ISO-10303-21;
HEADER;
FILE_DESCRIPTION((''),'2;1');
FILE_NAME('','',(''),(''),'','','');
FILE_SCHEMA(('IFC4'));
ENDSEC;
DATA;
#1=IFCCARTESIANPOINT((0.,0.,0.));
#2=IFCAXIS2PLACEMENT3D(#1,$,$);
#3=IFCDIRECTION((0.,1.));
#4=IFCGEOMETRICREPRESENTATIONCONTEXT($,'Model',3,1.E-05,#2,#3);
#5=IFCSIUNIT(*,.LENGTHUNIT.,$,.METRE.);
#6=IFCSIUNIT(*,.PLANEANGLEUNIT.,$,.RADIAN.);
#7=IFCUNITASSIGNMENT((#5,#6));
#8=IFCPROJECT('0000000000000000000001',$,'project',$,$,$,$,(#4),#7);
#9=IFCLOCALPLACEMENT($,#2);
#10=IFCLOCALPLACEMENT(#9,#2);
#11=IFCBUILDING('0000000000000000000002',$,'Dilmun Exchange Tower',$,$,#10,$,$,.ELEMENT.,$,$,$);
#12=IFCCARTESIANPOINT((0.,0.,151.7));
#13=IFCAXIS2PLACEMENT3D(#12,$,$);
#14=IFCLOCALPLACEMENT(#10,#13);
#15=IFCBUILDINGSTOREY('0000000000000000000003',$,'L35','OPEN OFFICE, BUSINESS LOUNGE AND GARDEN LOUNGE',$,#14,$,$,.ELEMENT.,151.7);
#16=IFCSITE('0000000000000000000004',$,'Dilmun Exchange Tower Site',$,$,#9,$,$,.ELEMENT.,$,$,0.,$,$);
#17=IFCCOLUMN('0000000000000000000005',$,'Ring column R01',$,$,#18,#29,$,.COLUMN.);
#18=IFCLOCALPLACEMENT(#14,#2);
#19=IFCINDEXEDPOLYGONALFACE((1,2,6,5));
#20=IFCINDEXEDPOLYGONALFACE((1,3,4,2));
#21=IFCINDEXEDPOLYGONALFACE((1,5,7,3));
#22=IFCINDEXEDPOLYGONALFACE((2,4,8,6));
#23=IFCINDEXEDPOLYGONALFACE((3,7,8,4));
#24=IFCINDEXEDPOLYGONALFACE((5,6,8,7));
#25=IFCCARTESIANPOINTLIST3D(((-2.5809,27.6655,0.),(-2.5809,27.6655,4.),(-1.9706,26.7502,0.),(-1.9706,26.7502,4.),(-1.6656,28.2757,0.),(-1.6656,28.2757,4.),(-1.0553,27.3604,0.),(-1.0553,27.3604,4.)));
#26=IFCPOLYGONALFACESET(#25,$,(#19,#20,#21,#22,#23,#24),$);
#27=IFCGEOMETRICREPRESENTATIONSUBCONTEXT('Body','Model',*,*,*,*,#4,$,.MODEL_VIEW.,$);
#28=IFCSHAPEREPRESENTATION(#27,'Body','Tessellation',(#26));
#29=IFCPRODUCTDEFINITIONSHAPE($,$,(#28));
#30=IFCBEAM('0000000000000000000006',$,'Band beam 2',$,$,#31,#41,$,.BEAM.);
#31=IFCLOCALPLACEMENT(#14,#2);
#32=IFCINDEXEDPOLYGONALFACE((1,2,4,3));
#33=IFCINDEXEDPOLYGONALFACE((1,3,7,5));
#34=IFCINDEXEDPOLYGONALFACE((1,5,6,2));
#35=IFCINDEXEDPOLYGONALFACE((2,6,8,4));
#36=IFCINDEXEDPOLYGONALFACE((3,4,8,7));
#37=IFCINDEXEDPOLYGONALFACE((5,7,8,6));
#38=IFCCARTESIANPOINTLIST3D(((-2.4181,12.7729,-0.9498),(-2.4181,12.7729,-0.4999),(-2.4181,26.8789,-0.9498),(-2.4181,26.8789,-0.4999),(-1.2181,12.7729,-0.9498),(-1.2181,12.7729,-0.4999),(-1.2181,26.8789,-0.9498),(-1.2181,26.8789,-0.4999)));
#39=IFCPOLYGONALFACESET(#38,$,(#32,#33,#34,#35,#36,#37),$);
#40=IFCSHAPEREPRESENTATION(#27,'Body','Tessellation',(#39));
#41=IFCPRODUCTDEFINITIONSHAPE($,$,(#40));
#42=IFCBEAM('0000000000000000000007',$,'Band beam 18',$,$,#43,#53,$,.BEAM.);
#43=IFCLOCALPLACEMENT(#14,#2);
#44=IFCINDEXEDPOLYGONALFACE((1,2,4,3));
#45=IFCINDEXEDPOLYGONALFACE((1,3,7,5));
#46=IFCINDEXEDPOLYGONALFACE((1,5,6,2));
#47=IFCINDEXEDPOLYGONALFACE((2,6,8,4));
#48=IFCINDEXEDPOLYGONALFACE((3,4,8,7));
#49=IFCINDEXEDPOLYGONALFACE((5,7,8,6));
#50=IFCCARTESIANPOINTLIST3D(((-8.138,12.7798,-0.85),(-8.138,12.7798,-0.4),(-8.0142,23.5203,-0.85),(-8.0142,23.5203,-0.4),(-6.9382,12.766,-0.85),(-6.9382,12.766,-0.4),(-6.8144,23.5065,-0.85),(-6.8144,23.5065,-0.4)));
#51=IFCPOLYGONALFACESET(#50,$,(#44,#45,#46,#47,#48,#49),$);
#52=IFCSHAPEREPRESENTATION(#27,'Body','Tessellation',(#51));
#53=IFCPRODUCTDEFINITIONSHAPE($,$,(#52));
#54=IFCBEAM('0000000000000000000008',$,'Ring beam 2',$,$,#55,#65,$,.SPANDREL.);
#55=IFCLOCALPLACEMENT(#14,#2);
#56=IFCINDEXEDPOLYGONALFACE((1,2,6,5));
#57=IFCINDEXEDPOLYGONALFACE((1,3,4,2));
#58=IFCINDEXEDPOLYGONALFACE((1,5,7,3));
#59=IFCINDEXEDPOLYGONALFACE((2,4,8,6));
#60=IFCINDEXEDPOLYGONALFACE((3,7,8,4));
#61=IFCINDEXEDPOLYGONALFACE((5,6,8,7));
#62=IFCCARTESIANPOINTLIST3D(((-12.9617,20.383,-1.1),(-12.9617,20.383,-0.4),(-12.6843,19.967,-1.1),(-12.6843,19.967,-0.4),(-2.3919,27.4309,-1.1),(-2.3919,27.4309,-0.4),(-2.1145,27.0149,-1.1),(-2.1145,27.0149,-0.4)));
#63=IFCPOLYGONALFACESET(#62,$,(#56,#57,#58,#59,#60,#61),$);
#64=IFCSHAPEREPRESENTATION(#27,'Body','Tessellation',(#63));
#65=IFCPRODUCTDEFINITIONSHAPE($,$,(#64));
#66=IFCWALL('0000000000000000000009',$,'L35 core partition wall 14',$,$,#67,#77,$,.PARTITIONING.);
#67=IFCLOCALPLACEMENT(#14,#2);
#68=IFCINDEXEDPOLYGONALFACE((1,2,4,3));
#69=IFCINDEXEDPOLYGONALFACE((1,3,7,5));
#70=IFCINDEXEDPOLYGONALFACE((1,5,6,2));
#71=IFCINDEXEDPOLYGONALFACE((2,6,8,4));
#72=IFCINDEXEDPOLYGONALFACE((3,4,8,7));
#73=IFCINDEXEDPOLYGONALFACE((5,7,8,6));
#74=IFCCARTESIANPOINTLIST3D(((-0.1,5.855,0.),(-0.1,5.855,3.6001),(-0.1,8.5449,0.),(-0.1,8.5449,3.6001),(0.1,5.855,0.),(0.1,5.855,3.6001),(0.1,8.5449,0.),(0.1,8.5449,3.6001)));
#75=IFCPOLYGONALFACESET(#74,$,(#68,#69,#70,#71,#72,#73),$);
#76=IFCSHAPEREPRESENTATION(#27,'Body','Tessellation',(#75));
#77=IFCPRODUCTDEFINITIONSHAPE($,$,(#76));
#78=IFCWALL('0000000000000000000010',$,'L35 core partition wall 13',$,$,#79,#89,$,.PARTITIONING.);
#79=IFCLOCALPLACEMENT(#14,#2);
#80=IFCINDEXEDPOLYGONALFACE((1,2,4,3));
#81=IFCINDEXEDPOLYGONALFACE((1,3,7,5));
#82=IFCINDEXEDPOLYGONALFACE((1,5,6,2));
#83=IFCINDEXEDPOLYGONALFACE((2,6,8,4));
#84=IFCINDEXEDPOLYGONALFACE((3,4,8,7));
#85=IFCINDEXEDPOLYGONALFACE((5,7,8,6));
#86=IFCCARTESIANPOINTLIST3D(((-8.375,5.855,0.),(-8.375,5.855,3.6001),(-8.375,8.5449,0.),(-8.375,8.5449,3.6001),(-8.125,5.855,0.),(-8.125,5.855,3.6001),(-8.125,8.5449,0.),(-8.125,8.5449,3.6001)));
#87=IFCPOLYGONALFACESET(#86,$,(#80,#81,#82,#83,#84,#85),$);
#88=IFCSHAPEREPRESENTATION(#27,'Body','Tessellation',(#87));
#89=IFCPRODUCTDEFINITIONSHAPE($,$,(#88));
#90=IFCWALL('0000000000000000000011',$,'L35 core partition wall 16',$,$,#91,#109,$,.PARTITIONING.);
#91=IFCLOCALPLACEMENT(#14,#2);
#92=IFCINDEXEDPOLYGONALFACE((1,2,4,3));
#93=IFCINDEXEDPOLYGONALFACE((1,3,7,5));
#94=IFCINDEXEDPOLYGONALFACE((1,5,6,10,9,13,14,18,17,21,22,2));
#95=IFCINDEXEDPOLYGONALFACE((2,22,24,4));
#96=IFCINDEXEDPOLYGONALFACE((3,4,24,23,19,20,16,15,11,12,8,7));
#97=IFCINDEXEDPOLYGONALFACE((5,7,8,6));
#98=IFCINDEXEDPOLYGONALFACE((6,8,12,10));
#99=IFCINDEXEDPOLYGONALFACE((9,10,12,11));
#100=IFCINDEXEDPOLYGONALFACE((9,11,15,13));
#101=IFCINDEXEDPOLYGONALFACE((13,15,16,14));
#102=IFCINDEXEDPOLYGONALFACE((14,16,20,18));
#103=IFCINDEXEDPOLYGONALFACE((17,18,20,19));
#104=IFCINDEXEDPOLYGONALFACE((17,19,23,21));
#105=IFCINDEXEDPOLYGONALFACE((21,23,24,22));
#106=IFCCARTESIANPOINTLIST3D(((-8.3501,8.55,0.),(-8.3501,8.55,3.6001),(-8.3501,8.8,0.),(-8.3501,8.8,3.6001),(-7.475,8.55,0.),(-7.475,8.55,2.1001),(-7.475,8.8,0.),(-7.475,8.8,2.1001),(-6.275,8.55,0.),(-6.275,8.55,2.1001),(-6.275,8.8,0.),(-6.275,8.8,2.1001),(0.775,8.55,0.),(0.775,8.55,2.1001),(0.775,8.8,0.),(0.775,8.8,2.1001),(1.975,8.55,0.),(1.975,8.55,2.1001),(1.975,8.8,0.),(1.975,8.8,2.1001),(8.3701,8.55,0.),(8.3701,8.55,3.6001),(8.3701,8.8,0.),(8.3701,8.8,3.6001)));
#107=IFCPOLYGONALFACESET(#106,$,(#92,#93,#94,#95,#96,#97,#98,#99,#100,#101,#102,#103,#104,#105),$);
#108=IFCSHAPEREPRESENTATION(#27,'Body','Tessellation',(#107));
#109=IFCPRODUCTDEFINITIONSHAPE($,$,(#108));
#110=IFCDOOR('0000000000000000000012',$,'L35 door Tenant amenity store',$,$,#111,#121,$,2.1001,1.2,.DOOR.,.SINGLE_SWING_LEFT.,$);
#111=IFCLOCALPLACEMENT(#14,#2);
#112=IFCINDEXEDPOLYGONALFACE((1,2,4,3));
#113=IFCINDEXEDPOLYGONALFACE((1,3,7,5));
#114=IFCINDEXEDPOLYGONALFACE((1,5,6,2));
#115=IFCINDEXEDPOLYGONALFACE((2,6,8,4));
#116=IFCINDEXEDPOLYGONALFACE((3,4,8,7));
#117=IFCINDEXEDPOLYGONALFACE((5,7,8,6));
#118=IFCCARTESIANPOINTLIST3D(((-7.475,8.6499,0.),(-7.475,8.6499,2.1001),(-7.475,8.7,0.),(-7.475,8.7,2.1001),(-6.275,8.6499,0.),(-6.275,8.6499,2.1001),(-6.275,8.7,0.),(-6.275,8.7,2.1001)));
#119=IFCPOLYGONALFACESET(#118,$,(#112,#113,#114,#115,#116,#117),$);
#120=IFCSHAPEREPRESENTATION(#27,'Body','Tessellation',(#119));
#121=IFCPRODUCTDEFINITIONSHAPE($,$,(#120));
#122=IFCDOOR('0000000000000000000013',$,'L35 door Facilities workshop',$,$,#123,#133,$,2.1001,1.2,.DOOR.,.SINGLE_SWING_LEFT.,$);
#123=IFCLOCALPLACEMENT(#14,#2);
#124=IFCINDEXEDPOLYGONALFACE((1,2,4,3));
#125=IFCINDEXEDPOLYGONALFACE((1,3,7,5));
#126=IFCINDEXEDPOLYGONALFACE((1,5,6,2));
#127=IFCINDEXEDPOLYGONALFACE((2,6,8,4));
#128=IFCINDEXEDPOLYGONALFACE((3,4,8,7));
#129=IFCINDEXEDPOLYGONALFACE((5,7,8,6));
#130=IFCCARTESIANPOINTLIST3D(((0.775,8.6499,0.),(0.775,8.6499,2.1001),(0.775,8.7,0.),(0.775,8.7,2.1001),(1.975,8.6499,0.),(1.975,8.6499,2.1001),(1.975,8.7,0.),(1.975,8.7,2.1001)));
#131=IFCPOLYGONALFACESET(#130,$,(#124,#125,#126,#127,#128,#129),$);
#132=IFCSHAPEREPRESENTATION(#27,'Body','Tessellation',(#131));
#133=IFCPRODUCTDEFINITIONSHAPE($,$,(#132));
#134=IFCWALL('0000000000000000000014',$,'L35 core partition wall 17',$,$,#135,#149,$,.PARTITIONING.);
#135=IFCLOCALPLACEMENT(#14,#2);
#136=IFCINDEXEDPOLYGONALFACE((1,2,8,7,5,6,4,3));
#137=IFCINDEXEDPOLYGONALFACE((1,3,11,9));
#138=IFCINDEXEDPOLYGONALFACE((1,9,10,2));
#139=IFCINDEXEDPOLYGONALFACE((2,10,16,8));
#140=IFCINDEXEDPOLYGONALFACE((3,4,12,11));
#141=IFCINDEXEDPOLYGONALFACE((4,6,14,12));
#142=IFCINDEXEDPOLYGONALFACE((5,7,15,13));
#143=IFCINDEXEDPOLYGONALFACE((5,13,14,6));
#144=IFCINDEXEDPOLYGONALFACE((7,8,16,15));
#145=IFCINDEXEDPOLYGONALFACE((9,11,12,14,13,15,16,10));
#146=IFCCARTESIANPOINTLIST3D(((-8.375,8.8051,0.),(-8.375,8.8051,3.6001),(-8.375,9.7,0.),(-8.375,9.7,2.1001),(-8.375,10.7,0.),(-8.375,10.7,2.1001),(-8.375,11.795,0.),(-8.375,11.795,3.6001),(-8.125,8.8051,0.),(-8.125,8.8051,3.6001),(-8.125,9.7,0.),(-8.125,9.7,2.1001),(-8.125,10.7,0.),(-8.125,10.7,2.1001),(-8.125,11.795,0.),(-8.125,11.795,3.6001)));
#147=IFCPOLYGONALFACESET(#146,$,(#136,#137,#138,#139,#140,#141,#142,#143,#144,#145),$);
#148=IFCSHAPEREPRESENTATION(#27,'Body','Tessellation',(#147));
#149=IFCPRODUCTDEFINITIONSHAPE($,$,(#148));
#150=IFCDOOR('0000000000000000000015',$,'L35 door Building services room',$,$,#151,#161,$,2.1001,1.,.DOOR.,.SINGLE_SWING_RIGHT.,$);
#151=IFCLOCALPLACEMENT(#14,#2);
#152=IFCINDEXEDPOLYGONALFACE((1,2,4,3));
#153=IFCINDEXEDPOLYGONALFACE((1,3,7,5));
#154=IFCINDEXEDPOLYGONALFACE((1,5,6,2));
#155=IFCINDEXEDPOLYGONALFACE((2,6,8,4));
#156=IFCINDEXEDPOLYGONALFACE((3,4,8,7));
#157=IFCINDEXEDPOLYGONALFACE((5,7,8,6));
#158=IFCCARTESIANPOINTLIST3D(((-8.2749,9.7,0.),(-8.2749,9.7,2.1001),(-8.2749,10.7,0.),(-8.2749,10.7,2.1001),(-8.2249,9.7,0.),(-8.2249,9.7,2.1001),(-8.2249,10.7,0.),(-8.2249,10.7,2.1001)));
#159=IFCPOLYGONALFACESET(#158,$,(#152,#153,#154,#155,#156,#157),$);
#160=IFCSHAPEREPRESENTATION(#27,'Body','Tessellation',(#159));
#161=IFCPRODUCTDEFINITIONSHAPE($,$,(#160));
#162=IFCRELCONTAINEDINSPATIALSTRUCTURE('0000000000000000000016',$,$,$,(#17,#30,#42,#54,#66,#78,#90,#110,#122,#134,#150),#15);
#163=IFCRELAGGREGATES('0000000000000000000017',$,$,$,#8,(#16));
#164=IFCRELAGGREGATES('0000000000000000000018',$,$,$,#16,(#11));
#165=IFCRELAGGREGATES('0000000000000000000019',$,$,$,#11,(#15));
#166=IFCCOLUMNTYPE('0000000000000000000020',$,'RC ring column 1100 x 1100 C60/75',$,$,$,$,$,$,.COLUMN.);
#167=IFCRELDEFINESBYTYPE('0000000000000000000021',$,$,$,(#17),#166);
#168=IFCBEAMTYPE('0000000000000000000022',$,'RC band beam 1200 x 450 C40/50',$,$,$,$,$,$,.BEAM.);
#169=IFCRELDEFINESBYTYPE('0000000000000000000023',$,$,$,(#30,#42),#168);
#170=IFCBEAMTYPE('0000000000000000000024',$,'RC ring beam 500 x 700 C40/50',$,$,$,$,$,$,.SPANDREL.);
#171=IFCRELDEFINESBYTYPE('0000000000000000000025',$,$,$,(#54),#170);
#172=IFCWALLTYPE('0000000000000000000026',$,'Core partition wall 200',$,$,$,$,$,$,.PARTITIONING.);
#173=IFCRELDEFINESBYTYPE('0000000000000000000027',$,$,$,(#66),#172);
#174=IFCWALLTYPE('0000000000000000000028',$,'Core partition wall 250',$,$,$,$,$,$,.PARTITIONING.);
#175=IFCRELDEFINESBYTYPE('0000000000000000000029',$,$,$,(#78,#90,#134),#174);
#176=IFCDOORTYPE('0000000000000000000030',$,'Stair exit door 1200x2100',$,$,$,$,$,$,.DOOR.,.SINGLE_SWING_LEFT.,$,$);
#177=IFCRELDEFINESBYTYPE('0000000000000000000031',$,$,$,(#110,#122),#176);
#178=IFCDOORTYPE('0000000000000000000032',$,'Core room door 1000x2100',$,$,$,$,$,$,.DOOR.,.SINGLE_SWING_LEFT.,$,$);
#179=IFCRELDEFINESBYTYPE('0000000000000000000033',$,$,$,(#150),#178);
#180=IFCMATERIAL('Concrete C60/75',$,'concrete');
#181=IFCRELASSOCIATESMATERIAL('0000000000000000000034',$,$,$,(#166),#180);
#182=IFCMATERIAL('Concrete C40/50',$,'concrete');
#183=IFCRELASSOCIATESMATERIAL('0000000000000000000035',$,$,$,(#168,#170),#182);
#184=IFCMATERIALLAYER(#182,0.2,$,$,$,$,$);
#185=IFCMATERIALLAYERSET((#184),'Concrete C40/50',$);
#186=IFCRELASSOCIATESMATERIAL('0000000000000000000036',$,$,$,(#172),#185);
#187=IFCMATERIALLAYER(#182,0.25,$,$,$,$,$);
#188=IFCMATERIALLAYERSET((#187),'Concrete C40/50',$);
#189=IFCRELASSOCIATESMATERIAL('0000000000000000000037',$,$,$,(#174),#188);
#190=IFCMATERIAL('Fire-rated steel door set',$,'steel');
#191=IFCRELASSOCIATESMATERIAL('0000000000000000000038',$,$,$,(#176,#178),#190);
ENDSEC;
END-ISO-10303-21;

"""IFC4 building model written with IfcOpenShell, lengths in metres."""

from ifc_helpers import new_model, si_unit, direction, frame, frame_2d, origin, origin_2d, place, context, subcontext, project, spatial, rectangle, extrude, material, layer, layer_set, material_profile, profile_set, type_object, element, fill, save


model = new_model("IFC4")

# Units and contexts
model_context = context("Model", 3, precision=1e-05, world=origin(), true_north=direction((0.0, 1.0)))
body_context = subcontext(model_context, "Body", "Model", "MODEL_VIEW")
ifc_project = project(units=[si_unit("LENGTHUNIT", "METRE"), si_unit("PLANEANGLEUNIT", "RADIAN")], contexts=[model_context])

# Site, building, storey
site_placement = place(None, origin())
site = spatial("IfcSite", under=ifc_project, at=site_placement, Name="Dilmun Exchange Tower Site", CompositionType="ELEMENT", RefElevation=0.0)
building_placement = place(site_placement, origin())
building = spatial("IfcBuilding", under=site, at=building_placement, Name="Dilmun Exchange Tower", CompositionType="ELEMENT")
storey_placement = place(building_placement, frame((0.0, 0.0, 151.7)))
storey = spatial("IfcBuildingStorey", under=building, at=storey_placement, Name="L35", Description="OPEN OFFICE, BUSINESS LOUNGE AND GARDEN LOUNGE", CompositionType="ELEMENT", Elevation=151.7)

# Column
ifc_material_1 = material(Name="Concrete C60/75", Category="concrete")
ifc_material_profile_1 = material_profile(ifc_material_1, rectangle(XDim=1.1001, YDim=1.1001, at=origin_2d()), Name="1100 x 1100")
ifc_profile_set_1 = profile_set([ifc_material_profile_1], Name="Concrete C60/75")
column_type = type_object("IfcColumnType", Name="RC ring column 1100 x 1100 C60/75", PredefinedType="COLUMN", material=ifc_profile_set_1)
column_placement = place(storey_placement, frame((-1.8181, 27.5129, 0.0), z_axis=(0.0, 0.0, 1.0), x_axis=(0.832029, 0.554733, 0.0)))
element("IfcColumn", 1, at=column_placement, inside=storey, type_object=column_type, Name="Ring column R01", PredefinedType="COLUMN", context=body_context, shape_type="SweptSolid", body=[
    extrude(rectangle(XDim=1.1001, YDim=1.1001, at=origin_2d()), origin(), (0.0, 0.0, 1.0), 4.0),
])

# Beams
ifc_material_2 = material(Name="Concrete C40/50", Category="concrete")
ifc_material_profile_2 = material_profile(ifc_material_2, rectangle(XDim=1.2, YDim=0.45, at=origin_2d()), Name="1200 x 450")
ifc_profile_set_2 = profile_set([ifc_material_profile_2], Name="Concrete C40/50")
beam_type_1 = type_object("IfcBeamType", Name="RC band beam 1200 x 450 C40/50", PredefinedType="BEAM", material=ifc_profile_set_2)
beam_1_placement = place(storey_placement, frame((-1.8181, 26.8789, -0.7249), z_axis=(0.0, -1.0, 0.0), x_axis=(1.0, 0.0, 0.0)))
element("IfcBeam", 2, at=beam_1_placement, inside=storey, type_object=beam_type_1, Name="Band beam 2", PredefinedType="BEAM", context=body_context, shape_type="SweptSolid", body=[
    extrude(rectangle(XDim=1.2, YDim=0.45, at=origin_2d()), origin(), (0.0, 0.0, 1.0), 14.106),
])
beam_2_placement = place(storey_placement, frame((-7.4143, 23.5134, -0.625), z_axis=(-0.011524, -0.999934, 0.0), x_axis=(0.999934, -0.011524, 0.0)))
element("IfcBeam", 3, at=beam_2_placement, inside=storey, type_object=beam_type_1, Name="Band beam 18", PredefinedType="BEAM", context=body_context, shape_type="SweptSolid", body=[
    extrude(rectangle(XDim=1.2, YDim=0.45, at=origin_2d()), origin(), (0.0, 0.0, 1.0), 10.7412),
])
ifc_material_profile_3 = material_profile(ifc_material_2, rectangle(XDim=0.5, YDim=0.7, at=origin_2d()), Name="500 x 700")
ifc_profile_set_3 = profile_set([ifc_material_profile_3], Name="Concrete C40/50")
beam_type_2 = type_object("IfcBeamType", Name="RC ring beam 500 x 700 C40/50", PredefinedType="SPANDREL", material=ifc_profile_set_3)
beam_3_placement = place(storey_placement, frame((-2.2532, 27.2229, -0.75), z_axis=(-0.832003, -0.554771, 0.0), x_axis=(0.554771, -0.832003, 0.0)))
element("IfcBeam", 4, at=beam_3_placement, inside=storey, type_object=beam_type_2, Name="Ring beam 2", PredefinedType="SPANDREL", context=body_context, shape_type="SweptSolid", body=[
    extrude(rectangle(XDim=0.5, YDim=0.7, at=origin_2d()), origin(), (0.0, 0.0, 1.0), 12.7041),
])

# Walls
ifc_layer_1 = layer(ifc_material_2, 0.2)
ifc_layer_set_1 = layer_set([ifc_layer_1], Name="Concrete C40/50")
wall_type_1 = type_object("IfcWallType", Name="Core partition wall 200", PredefinedType="PARTITIONING", material=ifc_layer_set_1)
wall_1_placement = place(storey_placement, frame((0.0, 5.855, 0.0), z_axis=(0.0, 0.0, 1.0), x_axis=(0.0, 1.0, 0.0)))
element("IfcWall", 5, at=wall_1_placement, inside=storey, type_object=wall_type_1, Name="L35 core partition wall 14", PredefinedType="PARTITIONING", context=body_context, shape_type="SweptSolid", body=[
    extrude(rectangle(XDim=2.6899, YDim=0.2, at=frame_2d((1.345, 0.0))), origin(), (0.0, 0.0, 1.0), 3.6001),
])
ifc_layer_2 = layer(ifc_material_2, 0.25)
ifc_layer_set_2 = layer_set([ifc_layer_2], Name="Concrete C40/50")
wall_type_2 = type_object("IfcWallType", Name="Core partition wall 250", PredefinedType="PARTITIONING", material=ifc_layer_set_2)
wall_2_placement = place(storey_placement, frame((-8.25, 5.855, 0.0), z_axis=(0.0, 0.0, 1.0), x_axis=(0.0, 1.0, 0.0)))
element("IfcWall", 6, at=wall_2_placement, inside=storey, type_object=wall_type_2, Name="L35 core partition wall 13", PredefinedType="PARTITIONING", context=body_context, shape_type="SweptSolid", body=[
    extrude(rectangle(XDim=2.6899, YDim=0.25, at=frame_2d((1.345, 0.0))), origin(), (0.0, 0.0, 1.0), 3.6001),
])

# Wall, openings, doors
wall_3_placement = place(storey_placement, frame((-8.3501, 8.675, 0.0), z_axis=(0.0, 0.0, 1.0), x_axis=(1.0, 0.0, 0.0)))
wall_3 = element("IfcWall", 7, at=wall_3_placement, inside=storey, type_object=wall_type_2, Name="L35 core partition wall 16", PredefinedType="PARTITIONING", context=body_context, shape_type="SweptSolid", body=[
    extrude(rectangle(XDim=16.7202, YDim=0.25, at=frame_2d((8.3601, 0.0))), origin(), (0.0, 0.0, 1.0), 3.6001),
])
opening_1_placement = place(wall_3_placement, frame((0.875, 0.0, 0.0)))
opening_1 = element("IfcOpeningElement", 8, at=opening_1_placement, cuts=wall_3, PredefinedType="OPENING", context=body_context, shape_type="SweptSolid", body=[
    extrude(rectangle(XDim=1.2, YDim=2.1001, at=frame_2d((0.6001, 1.05))), frame((0.0, 0.135, 0.0), z_axis=(0.0, -1.0, 0.0), x_axis=(1.0, 0.0, 0.0)), (0.0, 0.0, 1.0), 0.27),
])
opening_2_placement = place(wall_3_placement, frame((9.125, 0.0, 0.0)))
opening_2 = element("IfcOpeningElement", 9, at=opening_2_placement, cuts=wall_3, PredefinedType="OPENING", context=body_context, shape_type="SweptSolid", body=[
    extrude(rectangle(XDim=1.2, YDim=2.1001, at=frame_2d((0.6001, 1.05))), frame((0.0, 0.135, 0.0), z_axis=(0.0, -1.0, 0.0), x_axis=(1.0, 0.0, 0.0)), (0.0, 0.0, 1.0), 0.27),
])
ifc_material_3 = material(Name="Fire-rated steel door set", Category="steel")
door_type_1 = type_object("IfcDoorType", Name="Stair exit door 1200x2100", OperationType="SINGLE_SWING_LEFT", PredefinedType="DOOR", material=ifc_material_3)
door_1_placement = place(opening_1_placement, origin())
door_1 = element("IfcDoor", 10, at=door_1_placement, inside=storey, type_object=door_type_1, Name="L35 door Tenant amenity store", OperationType="SINGLE_SWING_LEFT", OverallHeight=2.1001, OverallWidth=1.2, PredefinedType="DOOR", context=body_context, shape_type="SweptSolid", body=[
    extrude(rectangle(XDim=1.2, YDim=2.1001, at=frame_2d((0.6001, 1.05))), frame((0.0, 0.0249, 0.0), z_axis=(0.0, -1.0, 0.0), x_axis=(1.0, 0.0, 0.0)), (0.0, 0.0, 1.0), 0.05),
])
fill(opening_1, door_1)
door_2_placement = place(opening_2_placement, origin())
door_2 = element("IfcDoor", 11, at=door_2_placement, inside=storey, type_object=door_type_1, Name="L35 door Facilities workshop", OperationType="SINGLE_SWING_LEFT", OverallHeight=2.1001, OverallWidth=1.2, PredefinedType="DOOR", context=body_context, shape_type="SweptSolid", body=[
    extrude(rectangle(XDim=1.2, YDim=2.1001, at=frame_2d((0.6001, 1.05))), frame((0.0, 0.0249, 0.0), z_axis=(0.0, -1.0, 0.0), x_axis=(1.0, 0.0, 0.0)), (0.0, 0.0, 1.0), 0.05),
])
fill(opening_2, door_2)

# Wall, opening, door
wall_4_placement = place(storey_placement, frame((-8.25, 8.8049, 0.0), z_axis=(0.0, 0.0, 1.0), x_axis=(0.0, 1.0, 0.0)))
wall_4 = element("IfcWall", 12, at=wall_4_placement, inside=storey, type_object=wall_type_2, Name="L35 core partition wall 17", PredefinedType="PARTITIONING", context=body_context, shape_type="SweptSolid", body=[
    extrude(rectangle(XDim=2.99, YDim=0.25, at=frame_2d((1.4951, 0.0))), origin(), (0.0, 0.0, 1.0), 3.6001),
])
opening_3_placement = place(wall_4_placement, frame((0.895, 0.0, 0.0)))
opening_3 = element("IfcOpeningElement", 13, at=opening_3_placement, cuts=wall_4, PredefinedType="OPENING", context=body_context, shape_type="SweptSolid", body=[
    extrude(rectangle(XDim=1.0, YDim=2.1001, at=frame_2d((0.5, 1.05))), frame((0.0, 0.135, 0.0), z_axis=(0.0, -1.0, 0.0), x_axis=(1.0, 0.0, 0.0)), (0.0, 0.0, 1.0), 0.27),
])
door_type_2 = type_object("IfcDoorType", Name="Core room door 1000x2100", OperationType="SINGLE_SWING_LEFT", PredefinedType="DOOR", material=ifc_material_3)
door_3_placement = place(opening_3_placement, origin())
door_3 = element("IfcDoor", 14, at=door_3_placement, inside=storey, type_object=door_type_2, Name="L35 door Building services room", OperationType="SINGLE_SWING_RIGHT", OverallHeight=2.1001, OverallWidth=1.0, PredefinedType="DOOR", context=body_context, shape_type="SweptSolid", body=[
    extrude(rectangle(XDim=1.0, YDim=2.1001, at=frame_2d((0.5, 1.05))), frame((0.0, 0.0249, 0.0), z_axis=(0.0, -1.0, 0.0), x_axis=(1.0, 0.0, 0.0)), (0.0, 0.0, 1.0), 0.05),
])
fill(opening_3, door_3)

save(model, "model.ifc")
